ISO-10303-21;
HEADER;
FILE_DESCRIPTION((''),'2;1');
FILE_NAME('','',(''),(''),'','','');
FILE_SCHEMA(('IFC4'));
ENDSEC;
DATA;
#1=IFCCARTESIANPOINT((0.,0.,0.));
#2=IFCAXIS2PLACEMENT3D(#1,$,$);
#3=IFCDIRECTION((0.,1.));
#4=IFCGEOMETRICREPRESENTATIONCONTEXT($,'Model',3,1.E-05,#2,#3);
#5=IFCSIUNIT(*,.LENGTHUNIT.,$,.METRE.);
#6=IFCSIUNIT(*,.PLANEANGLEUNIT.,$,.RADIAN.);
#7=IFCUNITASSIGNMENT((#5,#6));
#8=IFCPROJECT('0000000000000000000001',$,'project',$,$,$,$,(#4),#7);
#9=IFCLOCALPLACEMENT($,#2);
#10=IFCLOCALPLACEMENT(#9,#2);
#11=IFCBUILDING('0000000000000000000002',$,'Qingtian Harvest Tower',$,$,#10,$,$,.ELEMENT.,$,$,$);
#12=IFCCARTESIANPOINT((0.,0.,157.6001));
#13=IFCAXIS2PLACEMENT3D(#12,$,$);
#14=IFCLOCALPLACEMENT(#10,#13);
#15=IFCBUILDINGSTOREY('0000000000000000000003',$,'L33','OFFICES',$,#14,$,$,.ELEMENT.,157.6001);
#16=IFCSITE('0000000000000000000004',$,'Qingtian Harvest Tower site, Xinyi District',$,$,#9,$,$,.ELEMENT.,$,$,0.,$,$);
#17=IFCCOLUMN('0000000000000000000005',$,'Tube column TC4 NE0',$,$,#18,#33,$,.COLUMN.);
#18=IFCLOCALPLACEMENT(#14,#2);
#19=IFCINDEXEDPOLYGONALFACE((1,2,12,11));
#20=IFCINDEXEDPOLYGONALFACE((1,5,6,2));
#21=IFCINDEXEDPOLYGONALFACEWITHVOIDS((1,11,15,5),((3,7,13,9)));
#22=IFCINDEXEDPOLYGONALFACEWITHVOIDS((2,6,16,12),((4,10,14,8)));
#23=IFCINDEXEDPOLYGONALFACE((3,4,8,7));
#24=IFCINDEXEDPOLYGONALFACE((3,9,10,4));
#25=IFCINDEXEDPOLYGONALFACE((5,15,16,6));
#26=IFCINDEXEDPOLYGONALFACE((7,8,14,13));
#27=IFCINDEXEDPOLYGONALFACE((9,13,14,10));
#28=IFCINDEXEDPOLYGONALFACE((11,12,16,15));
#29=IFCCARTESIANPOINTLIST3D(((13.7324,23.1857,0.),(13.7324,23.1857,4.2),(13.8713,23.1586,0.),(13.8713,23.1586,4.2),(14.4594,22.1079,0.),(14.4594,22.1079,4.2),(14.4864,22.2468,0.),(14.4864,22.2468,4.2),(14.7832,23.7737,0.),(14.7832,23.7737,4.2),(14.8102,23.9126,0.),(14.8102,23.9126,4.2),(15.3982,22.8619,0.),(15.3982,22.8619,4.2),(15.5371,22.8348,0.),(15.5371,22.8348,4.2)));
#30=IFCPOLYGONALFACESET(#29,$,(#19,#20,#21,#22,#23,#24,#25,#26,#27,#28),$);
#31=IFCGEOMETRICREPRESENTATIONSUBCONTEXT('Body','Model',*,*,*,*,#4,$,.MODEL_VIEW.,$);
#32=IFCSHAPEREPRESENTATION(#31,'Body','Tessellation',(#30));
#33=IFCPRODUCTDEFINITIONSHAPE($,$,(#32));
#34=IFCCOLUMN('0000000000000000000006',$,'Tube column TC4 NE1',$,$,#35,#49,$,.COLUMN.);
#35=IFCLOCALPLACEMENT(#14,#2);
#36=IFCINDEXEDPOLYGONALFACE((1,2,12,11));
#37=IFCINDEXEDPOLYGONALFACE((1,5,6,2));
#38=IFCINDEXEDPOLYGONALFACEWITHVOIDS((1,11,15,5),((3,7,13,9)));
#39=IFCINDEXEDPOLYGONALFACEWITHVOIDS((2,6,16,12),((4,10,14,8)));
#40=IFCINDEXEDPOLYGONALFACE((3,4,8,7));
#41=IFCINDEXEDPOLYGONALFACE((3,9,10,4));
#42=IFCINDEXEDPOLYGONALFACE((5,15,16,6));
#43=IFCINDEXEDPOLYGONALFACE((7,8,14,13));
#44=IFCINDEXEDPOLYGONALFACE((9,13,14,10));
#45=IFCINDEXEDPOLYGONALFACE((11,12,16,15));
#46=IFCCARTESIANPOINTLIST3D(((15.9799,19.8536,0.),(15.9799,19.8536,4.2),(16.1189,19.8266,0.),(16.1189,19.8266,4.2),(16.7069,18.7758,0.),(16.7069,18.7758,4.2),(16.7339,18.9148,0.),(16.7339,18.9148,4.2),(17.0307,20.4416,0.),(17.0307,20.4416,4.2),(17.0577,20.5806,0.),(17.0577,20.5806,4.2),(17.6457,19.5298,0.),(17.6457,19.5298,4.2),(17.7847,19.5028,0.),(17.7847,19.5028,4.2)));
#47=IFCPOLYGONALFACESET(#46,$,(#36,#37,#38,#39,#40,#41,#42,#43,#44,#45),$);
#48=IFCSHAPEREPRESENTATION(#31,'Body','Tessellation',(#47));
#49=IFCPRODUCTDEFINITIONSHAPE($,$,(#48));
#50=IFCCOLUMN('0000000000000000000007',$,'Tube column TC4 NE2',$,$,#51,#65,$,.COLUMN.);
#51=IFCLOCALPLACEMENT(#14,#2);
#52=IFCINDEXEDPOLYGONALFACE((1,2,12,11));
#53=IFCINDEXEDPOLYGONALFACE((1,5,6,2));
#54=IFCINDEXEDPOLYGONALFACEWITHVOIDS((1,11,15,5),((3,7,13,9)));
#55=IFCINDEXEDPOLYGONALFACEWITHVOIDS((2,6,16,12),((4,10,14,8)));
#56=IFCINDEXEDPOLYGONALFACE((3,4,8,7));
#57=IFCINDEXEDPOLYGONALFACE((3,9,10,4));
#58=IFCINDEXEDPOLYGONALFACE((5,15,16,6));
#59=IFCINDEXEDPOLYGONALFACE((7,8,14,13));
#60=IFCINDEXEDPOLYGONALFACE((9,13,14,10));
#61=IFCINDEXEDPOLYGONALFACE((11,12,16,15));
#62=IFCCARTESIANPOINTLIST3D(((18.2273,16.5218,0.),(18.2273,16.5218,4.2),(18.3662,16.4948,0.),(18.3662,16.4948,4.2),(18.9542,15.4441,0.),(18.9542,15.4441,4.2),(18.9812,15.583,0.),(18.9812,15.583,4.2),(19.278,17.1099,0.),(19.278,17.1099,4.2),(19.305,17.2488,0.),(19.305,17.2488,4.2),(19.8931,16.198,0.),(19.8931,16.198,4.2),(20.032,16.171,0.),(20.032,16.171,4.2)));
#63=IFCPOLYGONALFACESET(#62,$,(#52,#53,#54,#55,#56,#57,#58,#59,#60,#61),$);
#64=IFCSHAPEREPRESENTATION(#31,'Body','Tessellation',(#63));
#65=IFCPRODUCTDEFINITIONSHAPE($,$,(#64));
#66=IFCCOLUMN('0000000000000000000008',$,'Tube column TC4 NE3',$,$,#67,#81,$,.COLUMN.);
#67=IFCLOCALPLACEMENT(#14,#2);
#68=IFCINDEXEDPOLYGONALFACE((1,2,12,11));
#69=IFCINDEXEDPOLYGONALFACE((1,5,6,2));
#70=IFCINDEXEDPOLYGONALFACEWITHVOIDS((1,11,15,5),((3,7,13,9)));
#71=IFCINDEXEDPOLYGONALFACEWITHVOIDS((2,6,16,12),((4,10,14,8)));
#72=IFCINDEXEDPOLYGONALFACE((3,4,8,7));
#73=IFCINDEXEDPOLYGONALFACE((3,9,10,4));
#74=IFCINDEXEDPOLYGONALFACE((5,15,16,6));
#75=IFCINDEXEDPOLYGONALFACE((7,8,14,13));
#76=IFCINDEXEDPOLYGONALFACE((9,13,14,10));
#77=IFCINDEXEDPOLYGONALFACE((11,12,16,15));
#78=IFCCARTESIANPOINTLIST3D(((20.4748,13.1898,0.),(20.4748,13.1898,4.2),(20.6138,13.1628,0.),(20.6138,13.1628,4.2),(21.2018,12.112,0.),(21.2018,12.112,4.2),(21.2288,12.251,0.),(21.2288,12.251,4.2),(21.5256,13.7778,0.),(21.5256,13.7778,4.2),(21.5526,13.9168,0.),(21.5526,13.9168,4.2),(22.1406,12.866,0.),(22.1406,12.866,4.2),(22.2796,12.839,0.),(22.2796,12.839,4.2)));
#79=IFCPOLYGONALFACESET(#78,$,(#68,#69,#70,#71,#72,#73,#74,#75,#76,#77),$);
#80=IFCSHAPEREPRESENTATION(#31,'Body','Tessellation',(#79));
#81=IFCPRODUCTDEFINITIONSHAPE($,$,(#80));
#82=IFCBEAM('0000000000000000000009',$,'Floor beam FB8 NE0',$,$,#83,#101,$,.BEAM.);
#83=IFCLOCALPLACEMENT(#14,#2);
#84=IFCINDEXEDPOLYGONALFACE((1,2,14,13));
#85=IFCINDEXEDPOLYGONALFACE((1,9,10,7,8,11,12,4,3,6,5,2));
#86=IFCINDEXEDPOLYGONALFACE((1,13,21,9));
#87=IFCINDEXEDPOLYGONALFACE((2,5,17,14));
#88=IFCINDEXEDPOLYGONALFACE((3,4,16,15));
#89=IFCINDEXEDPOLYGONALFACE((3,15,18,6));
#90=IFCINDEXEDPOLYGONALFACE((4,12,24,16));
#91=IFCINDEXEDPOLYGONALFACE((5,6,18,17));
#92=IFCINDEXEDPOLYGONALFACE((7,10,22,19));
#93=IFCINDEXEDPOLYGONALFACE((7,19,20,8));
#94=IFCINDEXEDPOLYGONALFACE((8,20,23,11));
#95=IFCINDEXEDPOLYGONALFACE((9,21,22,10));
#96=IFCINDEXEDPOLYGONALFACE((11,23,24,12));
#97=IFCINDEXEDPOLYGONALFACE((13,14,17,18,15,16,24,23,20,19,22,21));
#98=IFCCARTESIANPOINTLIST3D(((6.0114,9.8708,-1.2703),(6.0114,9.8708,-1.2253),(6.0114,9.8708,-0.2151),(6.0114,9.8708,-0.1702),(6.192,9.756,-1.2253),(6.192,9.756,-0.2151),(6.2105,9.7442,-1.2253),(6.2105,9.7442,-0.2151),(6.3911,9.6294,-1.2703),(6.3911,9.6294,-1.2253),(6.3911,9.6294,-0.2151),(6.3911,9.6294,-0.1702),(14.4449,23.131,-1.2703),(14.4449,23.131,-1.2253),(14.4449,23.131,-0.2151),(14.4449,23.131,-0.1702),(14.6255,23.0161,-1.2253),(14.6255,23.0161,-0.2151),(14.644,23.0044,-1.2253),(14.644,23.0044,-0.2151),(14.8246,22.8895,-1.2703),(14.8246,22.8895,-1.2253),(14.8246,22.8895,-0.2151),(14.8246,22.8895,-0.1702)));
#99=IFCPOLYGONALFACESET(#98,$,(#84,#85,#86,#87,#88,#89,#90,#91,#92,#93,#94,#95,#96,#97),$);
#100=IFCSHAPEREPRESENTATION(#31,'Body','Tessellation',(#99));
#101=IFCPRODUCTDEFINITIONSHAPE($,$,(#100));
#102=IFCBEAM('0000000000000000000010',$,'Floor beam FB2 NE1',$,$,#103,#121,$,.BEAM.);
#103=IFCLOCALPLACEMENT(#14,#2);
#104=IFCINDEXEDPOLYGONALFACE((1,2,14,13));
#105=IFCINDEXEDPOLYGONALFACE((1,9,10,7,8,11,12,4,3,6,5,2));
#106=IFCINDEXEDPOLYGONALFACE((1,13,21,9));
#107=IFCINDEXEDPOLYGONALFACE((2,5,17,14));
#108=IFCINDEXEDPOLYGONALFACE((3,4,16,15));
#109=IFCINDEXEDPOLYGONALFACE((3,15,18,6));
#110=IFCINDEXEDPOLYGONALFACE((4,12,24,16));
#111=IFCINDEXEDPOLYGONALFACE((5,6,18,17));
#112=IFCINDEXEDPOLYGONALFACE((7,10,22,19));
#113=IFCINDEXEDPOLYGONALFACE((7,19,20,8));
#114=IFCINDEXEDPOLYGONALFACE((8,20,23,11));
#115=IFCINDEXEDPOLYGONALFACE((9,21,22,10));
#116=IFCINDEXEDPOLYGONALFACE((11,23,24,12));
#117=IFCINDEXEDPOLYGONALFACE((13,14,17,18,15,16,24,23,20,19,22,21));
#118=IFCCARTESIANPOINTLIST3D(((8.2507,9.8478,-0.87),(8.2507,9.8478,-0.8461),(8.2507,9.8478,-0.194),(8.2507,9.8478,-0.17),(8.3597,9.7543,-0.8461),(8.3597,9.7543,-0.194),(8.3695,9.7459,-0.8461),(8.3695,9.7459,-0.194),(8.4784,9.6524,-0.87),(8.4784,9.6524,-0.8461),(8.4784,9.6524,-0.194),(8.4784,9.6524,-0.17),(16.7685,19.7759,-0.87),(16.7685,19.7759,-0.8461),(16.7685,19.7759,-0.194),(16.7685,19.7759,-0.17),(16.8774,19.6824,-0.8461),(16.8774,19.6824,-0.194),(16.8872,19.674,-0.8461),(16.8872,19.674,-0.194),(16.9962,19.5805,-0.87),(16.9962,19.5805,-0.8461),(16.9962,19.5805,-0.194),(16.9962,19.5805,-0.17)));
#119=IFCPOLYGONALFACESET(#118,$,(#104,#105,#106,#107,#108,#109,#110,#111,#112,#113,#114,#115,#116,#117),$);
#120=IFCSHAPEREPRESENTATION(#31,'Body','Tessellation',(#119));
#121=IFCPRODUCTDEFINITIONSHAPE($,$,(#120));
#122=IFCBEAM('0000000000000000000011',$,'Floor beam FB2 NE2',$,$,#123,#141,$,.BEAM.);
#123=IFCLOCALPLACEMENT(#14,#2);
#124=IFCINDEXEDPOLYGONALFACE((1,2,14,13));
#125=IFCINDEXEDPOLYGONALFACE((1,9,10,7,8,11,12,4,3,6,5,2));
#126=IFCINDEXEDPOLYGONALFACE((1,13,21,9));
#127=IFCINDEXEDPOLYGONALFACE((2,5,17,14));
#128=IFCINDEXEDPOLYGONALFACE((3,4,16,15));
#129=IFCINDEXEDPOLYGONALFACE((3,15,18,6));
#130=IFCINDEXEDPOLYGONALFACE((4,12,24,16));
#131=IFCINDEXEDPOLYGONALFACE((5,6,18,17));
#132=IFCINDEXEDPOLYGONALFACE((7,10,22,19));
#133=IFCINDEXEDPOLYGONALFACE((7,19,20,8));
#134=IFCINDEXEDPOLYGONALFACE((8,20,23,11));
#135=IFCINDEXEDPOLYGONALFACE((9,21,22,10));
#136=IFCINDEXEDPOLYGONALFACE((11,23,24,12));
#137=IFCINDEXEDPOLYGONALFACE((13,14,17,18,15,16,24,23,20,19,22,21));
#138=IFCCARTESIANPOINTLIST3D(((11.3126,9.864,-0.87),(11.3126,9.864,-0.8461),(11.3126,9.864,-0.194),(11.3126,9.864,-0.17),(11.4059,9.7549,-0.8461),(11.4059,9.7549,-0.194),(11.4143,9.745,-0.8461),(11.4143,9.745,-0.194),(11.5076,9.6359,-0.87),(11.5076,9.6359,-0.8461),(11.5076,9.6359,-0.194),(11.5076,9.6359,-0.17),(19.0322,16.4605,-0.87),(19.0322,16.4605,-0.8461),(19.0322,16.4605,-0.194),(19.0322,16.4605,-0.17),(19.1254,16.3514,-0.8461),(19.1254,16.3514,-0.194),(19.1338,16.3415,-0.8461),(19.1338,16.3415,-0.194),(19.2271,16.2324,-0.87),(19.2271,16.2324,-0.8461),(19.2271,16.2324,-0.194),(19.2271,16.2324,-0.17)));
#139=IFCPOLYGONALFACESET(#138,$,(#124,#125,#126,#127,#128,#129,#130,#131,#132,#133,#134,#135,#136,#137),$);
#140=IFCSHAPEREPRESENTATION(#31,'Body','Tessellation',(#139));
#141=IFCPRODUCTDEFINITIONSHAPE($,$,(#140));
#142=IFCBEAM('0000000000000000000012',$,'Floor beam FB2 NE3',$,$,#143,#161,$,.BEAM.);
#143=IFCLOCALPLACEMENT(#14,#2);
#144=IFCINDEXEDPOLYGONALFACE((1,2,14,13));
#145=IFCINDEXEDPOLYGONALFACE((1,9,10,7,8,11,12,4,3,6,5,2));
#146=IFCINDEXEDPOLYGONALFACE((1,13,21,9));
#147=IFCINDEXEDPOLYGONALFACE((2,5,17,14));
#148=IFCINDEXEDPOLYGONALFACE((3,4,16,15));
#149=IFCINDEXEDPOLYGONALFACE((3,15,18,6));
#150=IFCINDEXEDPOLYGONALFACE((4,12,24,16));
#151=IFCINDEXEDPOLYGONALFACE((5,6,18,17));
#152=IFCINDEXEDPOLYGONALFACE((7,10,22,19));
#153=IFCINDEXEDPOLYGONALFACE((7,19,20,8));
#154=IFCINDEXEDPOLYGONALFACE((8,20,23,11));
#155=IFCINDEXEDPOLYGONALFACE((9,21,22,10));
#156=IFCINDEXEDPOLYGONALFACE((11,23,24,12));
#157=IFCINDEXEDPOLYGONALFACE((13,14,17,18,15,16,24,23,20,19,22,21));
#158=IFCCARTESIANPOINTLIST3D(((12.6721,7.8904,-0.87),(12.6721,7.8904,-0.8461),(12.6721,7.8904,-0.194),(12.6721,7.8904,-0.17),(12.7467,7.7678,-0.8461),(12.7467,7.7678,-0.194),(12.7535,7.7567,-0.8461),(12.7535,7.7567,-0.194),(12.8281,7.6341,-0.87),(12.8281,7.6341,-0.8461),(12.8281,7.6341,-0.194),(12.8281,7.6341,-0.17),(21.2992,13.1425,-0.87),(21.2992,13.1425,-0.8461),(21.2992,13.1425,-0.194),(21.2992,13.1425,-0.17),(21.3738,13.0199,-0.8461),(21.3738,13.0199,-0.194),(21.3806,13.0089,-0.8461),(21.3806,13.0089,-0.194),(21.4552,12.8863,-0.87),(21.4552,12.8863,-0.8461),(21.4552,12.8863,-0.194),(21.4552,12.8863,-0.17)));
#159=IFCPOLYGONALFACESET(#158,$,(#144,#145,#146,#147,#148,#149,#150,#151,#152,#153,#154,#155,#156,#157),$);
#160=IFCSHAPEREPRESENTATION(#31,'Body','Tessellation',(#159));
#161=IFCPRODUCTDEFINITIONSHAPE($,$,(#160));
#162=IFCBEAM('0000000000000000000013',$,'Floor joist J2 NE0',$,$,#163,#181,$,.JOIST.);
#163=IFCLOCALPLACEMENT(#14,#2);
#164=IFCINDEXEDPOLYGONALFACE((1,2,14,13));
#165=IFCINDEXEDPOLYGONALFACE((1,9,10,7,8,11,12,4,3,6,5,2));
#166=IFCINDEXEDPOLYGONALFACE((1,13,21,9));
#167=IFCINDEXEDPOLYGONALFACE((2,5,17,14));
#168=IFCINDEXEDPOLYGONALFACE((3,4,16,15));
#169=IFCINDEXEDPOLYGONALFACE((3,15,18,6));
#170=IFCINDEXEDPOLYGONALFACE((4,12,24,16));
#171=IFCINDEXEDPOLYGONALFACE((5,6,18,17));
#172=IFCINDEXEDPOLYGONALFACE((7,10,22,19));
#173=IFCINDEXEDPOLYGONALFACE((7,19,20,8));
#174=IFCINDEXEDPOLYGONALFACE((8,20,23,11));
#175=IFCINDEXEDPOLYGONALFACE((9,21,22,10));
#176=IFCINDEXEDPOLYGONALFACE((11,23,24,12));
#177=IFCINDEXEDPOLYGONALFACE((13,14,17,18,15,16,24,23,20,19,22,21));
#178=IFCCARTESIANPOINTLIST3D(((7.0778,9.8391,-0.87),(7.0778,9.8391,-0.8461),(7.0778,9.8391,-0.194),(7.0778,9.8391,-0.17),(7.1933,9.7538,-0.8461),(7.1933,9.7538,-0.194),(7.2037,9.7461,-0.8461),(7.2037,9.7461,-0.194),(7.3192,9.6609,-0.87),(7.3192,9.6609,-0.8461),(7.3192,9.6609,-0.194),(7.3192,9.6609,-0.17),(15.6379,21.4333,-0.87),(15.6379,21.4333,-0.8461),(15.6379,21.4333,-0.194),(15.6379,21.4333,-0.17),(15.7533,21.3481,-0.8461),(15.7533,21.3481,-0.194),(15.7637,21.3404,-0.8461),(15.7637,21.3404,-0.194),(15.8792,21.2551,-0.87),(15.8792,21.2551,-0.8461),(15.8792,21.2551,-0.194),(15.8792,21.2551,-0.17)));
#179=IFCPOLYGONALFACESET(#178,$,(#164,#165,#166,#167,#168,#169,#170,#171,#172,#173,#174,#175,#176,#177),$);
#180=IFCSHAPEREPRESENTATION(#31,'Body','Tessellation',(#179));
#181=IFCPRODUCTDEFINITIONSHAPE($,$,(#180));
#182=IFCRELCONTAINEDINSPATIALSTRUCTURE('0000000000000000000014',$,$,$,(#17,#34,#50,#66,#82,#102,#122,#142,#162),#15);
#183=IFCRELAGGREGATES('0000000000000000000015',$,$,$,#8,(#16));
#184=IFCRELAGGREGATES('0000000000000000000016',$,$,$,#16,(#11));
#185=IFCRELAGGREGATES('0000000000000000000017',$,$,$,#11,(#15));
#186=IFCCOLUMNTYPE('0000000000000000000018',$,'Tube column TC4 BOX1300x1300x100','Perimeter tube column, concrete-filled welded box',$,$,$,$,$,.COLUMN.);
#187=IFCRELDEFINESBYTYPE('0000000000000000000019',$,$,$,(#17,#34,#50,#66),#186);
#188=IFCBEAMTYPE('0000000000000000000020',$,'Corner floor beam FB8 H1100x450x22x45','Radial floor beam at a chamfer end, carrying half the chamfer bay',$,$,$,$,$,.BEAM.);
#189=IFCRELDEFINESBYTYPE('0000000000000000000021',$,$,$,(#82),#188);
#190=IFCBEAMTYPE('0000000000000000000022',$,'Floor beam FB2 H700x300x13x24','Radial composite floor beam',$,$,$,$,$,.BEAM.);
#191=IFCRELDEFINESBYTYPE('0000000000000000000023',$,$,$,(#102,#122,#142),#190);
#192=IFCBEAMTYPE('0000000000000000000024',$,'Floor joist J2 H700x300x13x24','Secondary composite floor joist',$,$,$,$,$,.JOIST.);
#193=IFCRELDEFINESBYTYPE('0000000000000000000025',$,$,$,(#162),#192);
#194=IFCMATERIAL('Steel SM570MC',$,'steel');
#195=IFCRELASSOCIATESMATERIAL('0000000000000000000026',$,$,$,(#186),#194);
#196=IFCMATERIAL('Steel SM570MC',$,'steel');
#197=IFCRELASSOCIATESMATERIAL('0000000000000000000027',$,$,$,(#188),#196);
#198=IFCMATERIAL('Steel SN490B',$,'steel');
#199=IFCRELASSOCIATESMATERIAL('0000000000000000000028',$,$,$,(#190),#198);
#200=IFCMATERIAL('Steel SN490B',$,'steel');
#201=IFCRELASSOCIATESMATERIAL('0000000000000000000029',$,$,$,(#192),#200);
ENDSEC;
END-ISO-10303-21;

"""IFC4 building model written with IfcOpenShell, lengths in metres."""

from ifc_helpers import new_model, si_unit, direction, frame, origin, origin_2d, place, context, subcontext, project, spatial, hollow_rectangle, i_section, extrude, material, material_profile, profile_set, type_object, element, save


model = new_model("IFC4")

# Units and contexts
model_context = context("Model", 3, precision=1e-05, world=origin(), true_north=direction((0.0, 1.0)))
body_context = subcontext(model_context, "Body", "Model", "MODEL_VIEW")
ifc_project = project(units=[si_unit("LENGTHUNIT", "METRE"), si_unit("PLANEANGLEUNIT", "RADIAN")], contexts=[model_context])

# Site, building, storey
site_placement = place(None, origin())
site = spatial("IfcSite", under=ifc_project, at=site_placement, Name="Qingtian Harvest Tower site, Xinyi District", CompositionType="ELEMENT", RefElevation=0.0)
building_placement = place(site_placement, origin())
building = spatial("IfcBuilding", under=site, at=building_placement, Name="Qingtian Harvest Tower", CompositionType="ELEMENT")
storey_placement = place(building_placement, frame((0.0, 0.0, 157.6001)))
storey = spatial("IfcBuildingStorey", under=building, at=storey_placement, Name="L33", Description="OFFICES", CompositionType="ELEMENT", Elevation=157.6001)

# Columns
ifc_material_1 = material(Name="Steel SM570MC", Category="steel")
ifc_material_profile_1 = material_profile(ifc_material_1, hollow_rectangle(XDim=1.3, YDim=1.3, WallThickness=0.1001, at=origin_2d()), Name="BOX1300x1300x100")
ifc_profile_set_1 = profile_set([ifc_material_profile_1], Name="Steel SM570MC")
column_type = type_object("IfcColumnType", Name="Tube column TC4 BOX1300x1300x100", Description="Perimeter tube column, concrete-filled welded box", PredefinedType="COLUMN", material=ifc_profile_set_1)
for number, where, z_axis, x_axis, name in (
    (1, (14.6348, 23.0103, 0.0), (0.0, 0.0, 1.0), (-0.559193, 0.829038, 0.0), "Tube column TC4 NE0"),
    (2, (16.8823, 19.6782, 0.0), (0.0, 0.0, 1.0), (-0.559193, 0.829038, 0.0), "Tube column TC4 NE1"),
    (3, (19.1296, 16.3464, 0.0), (0.0, 0.0, 1.0), (-0.559193, 0.829038, 0.0), "Tube column TC4 NE2"),
    (4, (21.3772, 13.0144, 0.0), (0.0, 0.0, 1.0), (-0.559193, 0.829038, 0.0), "Tube column TC4 NE3"),
):
    element("IfcColumn", number, at=place(storey_placement, frame(where, z_axis=z_axis, x_axis=x_axis)), inside=storey, type_object=column_type, Name=name, PredefinedType="COLUMN", context=body_context, shape_type="SweptSolid", body=[
        extrude(hollow_rectangle(XDim=1.3, YDim=1.3, WallThickness=0.1001, at=origin_2d()), origin(), (0.0, 0.0, 1.0), 4.2),
    ])

# Beams
ifc_material_2 = material(Name="Steel SM570MC", Category="steel")
ifc_material_profile_2 = material_profile(ifc_material_2, i_section(OverallWidth=0.45, OverallDepth=1.1001, WebThickness=0.022, FlangeThickness=0.0449, at=origin_2d()), Name="H1100x450x22x45")
ifc_profile_set_2 = profile_set([ifc_material_profile_2], Name="Steel SM570MC")
beam_type_1 = type_object("IfcBeamType", Name="Corner floor beam FB8 H1100x450x22x45", Description="Radial floor beam at a chamfer end, carrying half the chamfer bay", PredefinedType="BEAM", material=ifc_profile_set_2)
beam_1_placement = place(storey_placement, frame((14.6348, 23.0103, -0.7202), z_axis=(-0.53666, -0.843798, 0.0), x_axis=(0.843798, -0.53666, 0.0)))
element("IfcBeam", 5, at=beam_1_placement, inside=storey, type_object=beam_type_1, Name="Floor beam FB8 NE0", PredefinedType="BEAM", context=body_context, shape_type="SweptSolid", body=[
    extrude(i_section(OverallWidth=0.45, OverallDepth=1.1001, WebThickness=0.022, FlangeThickness=0.0449, at=origin_2d()), origin(), (0.0, 0.0, 1.0), 15.7148),
])
ifc_material_3 = material(Name="Steel SN490B", Category="steel")
ifc_material_profile_3 = material_profile(ifc_material_3, i_section(OverallWidth=0.3, OverallDepth=0.7, WebThickness=0.0129, FlangeThickness=0.0239, at=origin_2d()), Name="H700x300x13x24")
ifc_profile_set_3 = profile_set([ifc_material_profile_3], Name="Steel SN490B")
beam_type_2 = type_object("IfcBeamType", Name="Floor beam FB2 H700x300x13x24", Description="Radial composite floor beam", PredefinedType="BEAM", material=ifc_profile_set_3)
beam_2_placement = place(storey_placement, frame((16.8823, 19.6782, -0.52), z_axis=(-0.65114, -0.758957, 0.0), x_axis=(0.758957, -0.65114, 0.0)))
element("IfcBeam", 6, at=beam_2_placement, inside=storey, type_object=beam_type_2, Name="Floor beam FB2 NE1", PredefinedType="BEAM", context=body_context, shape_type="SweptSolid", body=[
    extrude(i_section(OverallWidth=0.3, OverallDepth=0.7, WebThickness=0.0129, FlangeThickness=0.0239, at=origin_2d()), origin(), (0.0, 0.0, 1.0), 13.0813),
])
beam_3_placement = place(storey_placement, frame((19.1296, 16.3464, -0.52), z_axis=(-0.760242, -0.64964, 0.0), x_axis=(0.64964, -0.760242, 0.0)))
element("IfcBeam", 7, at=beam_3_placement, inside=storey, type_object=beam_type_2, Name="Floor beam FB2 NE2", PredefinedType="BEAM", context=body_context, shape_type="SweptSolid", body=[
    extrude(i_section(OverallWidth=0.3, OverallDepth=0.7, WebThickness=0.0129, FlangeThickness=0.0239, at=origin_2d()), origin(), (0.0, 0.0, 1.0), 10.1541),
])
beam_4_placement = place(storey_placement, frame((21.3772, 13.0144, -0.52), z_axis=(-0.854161, -0.520009, 0.0), x_axis=(0.520009, -0.854161, 0.0)))
element("IfcBeam", 8, at=beam_4_placement, inside=storey, type_object=beam_type_2, Name="Floor beam FB2 NE3", PredefinedType="BEAM", context=body_context, shape_type="SweptSolid", body=[
    extrude(i_section(OverallWidth=0.3, OverallDepth=0.7, WebThickness=0.0129, FlangeThickness=0.0239, at=origin_2d()), origin(), (0.0, 0.0, 1.0), 10.1001),
])
ifc_material_4 = material(Name="Steel SN490B", Category="steel")
ifc_material_profile_4 = material_profile(ifc_material_4, i_section(OverallWidth=0.3, OverallDepth=0.7, WebThickness=0.0129, FlangeThickness=0.0239, at=origin_2d()), Name="H700x300x13x24")
ifc_profile_set_4 = profile_set([ifc_material_profile_4], Name="Steel SN490B")
beam_type_3 = type_object("IfcBeamType", Name="Floor joist J2 H700x300x13x24", Description="Secondary composite floor joist", PredefinedType="JOIST", material=ifc_profile_set_4)
beam_5_placement = place(storey_placement, frame((15.7585, 21.3442, -0.52), z_axis=(-0.59396, -0.804494, 0.0), x_axis=(0.804494, -0.59396, 0.0)))
element("IfcBeam", 9, at=beam_5_placement, inside=storey, type_object=beam_type_3, Name="Floor joist J2 NE0", PredefinedType="JOIST", context=body_context, shape_type="SweptSolid", body=[
    extrude(i_section(OverallWidth=0.3, OverallDepth=0.7, WebThickness=0.0129, FlangeThickness=0.0239, at=origin_2d()), origin(), (0.0, 0.0, 1.0), 14.4119),
])

save(model, "model.ifc")
